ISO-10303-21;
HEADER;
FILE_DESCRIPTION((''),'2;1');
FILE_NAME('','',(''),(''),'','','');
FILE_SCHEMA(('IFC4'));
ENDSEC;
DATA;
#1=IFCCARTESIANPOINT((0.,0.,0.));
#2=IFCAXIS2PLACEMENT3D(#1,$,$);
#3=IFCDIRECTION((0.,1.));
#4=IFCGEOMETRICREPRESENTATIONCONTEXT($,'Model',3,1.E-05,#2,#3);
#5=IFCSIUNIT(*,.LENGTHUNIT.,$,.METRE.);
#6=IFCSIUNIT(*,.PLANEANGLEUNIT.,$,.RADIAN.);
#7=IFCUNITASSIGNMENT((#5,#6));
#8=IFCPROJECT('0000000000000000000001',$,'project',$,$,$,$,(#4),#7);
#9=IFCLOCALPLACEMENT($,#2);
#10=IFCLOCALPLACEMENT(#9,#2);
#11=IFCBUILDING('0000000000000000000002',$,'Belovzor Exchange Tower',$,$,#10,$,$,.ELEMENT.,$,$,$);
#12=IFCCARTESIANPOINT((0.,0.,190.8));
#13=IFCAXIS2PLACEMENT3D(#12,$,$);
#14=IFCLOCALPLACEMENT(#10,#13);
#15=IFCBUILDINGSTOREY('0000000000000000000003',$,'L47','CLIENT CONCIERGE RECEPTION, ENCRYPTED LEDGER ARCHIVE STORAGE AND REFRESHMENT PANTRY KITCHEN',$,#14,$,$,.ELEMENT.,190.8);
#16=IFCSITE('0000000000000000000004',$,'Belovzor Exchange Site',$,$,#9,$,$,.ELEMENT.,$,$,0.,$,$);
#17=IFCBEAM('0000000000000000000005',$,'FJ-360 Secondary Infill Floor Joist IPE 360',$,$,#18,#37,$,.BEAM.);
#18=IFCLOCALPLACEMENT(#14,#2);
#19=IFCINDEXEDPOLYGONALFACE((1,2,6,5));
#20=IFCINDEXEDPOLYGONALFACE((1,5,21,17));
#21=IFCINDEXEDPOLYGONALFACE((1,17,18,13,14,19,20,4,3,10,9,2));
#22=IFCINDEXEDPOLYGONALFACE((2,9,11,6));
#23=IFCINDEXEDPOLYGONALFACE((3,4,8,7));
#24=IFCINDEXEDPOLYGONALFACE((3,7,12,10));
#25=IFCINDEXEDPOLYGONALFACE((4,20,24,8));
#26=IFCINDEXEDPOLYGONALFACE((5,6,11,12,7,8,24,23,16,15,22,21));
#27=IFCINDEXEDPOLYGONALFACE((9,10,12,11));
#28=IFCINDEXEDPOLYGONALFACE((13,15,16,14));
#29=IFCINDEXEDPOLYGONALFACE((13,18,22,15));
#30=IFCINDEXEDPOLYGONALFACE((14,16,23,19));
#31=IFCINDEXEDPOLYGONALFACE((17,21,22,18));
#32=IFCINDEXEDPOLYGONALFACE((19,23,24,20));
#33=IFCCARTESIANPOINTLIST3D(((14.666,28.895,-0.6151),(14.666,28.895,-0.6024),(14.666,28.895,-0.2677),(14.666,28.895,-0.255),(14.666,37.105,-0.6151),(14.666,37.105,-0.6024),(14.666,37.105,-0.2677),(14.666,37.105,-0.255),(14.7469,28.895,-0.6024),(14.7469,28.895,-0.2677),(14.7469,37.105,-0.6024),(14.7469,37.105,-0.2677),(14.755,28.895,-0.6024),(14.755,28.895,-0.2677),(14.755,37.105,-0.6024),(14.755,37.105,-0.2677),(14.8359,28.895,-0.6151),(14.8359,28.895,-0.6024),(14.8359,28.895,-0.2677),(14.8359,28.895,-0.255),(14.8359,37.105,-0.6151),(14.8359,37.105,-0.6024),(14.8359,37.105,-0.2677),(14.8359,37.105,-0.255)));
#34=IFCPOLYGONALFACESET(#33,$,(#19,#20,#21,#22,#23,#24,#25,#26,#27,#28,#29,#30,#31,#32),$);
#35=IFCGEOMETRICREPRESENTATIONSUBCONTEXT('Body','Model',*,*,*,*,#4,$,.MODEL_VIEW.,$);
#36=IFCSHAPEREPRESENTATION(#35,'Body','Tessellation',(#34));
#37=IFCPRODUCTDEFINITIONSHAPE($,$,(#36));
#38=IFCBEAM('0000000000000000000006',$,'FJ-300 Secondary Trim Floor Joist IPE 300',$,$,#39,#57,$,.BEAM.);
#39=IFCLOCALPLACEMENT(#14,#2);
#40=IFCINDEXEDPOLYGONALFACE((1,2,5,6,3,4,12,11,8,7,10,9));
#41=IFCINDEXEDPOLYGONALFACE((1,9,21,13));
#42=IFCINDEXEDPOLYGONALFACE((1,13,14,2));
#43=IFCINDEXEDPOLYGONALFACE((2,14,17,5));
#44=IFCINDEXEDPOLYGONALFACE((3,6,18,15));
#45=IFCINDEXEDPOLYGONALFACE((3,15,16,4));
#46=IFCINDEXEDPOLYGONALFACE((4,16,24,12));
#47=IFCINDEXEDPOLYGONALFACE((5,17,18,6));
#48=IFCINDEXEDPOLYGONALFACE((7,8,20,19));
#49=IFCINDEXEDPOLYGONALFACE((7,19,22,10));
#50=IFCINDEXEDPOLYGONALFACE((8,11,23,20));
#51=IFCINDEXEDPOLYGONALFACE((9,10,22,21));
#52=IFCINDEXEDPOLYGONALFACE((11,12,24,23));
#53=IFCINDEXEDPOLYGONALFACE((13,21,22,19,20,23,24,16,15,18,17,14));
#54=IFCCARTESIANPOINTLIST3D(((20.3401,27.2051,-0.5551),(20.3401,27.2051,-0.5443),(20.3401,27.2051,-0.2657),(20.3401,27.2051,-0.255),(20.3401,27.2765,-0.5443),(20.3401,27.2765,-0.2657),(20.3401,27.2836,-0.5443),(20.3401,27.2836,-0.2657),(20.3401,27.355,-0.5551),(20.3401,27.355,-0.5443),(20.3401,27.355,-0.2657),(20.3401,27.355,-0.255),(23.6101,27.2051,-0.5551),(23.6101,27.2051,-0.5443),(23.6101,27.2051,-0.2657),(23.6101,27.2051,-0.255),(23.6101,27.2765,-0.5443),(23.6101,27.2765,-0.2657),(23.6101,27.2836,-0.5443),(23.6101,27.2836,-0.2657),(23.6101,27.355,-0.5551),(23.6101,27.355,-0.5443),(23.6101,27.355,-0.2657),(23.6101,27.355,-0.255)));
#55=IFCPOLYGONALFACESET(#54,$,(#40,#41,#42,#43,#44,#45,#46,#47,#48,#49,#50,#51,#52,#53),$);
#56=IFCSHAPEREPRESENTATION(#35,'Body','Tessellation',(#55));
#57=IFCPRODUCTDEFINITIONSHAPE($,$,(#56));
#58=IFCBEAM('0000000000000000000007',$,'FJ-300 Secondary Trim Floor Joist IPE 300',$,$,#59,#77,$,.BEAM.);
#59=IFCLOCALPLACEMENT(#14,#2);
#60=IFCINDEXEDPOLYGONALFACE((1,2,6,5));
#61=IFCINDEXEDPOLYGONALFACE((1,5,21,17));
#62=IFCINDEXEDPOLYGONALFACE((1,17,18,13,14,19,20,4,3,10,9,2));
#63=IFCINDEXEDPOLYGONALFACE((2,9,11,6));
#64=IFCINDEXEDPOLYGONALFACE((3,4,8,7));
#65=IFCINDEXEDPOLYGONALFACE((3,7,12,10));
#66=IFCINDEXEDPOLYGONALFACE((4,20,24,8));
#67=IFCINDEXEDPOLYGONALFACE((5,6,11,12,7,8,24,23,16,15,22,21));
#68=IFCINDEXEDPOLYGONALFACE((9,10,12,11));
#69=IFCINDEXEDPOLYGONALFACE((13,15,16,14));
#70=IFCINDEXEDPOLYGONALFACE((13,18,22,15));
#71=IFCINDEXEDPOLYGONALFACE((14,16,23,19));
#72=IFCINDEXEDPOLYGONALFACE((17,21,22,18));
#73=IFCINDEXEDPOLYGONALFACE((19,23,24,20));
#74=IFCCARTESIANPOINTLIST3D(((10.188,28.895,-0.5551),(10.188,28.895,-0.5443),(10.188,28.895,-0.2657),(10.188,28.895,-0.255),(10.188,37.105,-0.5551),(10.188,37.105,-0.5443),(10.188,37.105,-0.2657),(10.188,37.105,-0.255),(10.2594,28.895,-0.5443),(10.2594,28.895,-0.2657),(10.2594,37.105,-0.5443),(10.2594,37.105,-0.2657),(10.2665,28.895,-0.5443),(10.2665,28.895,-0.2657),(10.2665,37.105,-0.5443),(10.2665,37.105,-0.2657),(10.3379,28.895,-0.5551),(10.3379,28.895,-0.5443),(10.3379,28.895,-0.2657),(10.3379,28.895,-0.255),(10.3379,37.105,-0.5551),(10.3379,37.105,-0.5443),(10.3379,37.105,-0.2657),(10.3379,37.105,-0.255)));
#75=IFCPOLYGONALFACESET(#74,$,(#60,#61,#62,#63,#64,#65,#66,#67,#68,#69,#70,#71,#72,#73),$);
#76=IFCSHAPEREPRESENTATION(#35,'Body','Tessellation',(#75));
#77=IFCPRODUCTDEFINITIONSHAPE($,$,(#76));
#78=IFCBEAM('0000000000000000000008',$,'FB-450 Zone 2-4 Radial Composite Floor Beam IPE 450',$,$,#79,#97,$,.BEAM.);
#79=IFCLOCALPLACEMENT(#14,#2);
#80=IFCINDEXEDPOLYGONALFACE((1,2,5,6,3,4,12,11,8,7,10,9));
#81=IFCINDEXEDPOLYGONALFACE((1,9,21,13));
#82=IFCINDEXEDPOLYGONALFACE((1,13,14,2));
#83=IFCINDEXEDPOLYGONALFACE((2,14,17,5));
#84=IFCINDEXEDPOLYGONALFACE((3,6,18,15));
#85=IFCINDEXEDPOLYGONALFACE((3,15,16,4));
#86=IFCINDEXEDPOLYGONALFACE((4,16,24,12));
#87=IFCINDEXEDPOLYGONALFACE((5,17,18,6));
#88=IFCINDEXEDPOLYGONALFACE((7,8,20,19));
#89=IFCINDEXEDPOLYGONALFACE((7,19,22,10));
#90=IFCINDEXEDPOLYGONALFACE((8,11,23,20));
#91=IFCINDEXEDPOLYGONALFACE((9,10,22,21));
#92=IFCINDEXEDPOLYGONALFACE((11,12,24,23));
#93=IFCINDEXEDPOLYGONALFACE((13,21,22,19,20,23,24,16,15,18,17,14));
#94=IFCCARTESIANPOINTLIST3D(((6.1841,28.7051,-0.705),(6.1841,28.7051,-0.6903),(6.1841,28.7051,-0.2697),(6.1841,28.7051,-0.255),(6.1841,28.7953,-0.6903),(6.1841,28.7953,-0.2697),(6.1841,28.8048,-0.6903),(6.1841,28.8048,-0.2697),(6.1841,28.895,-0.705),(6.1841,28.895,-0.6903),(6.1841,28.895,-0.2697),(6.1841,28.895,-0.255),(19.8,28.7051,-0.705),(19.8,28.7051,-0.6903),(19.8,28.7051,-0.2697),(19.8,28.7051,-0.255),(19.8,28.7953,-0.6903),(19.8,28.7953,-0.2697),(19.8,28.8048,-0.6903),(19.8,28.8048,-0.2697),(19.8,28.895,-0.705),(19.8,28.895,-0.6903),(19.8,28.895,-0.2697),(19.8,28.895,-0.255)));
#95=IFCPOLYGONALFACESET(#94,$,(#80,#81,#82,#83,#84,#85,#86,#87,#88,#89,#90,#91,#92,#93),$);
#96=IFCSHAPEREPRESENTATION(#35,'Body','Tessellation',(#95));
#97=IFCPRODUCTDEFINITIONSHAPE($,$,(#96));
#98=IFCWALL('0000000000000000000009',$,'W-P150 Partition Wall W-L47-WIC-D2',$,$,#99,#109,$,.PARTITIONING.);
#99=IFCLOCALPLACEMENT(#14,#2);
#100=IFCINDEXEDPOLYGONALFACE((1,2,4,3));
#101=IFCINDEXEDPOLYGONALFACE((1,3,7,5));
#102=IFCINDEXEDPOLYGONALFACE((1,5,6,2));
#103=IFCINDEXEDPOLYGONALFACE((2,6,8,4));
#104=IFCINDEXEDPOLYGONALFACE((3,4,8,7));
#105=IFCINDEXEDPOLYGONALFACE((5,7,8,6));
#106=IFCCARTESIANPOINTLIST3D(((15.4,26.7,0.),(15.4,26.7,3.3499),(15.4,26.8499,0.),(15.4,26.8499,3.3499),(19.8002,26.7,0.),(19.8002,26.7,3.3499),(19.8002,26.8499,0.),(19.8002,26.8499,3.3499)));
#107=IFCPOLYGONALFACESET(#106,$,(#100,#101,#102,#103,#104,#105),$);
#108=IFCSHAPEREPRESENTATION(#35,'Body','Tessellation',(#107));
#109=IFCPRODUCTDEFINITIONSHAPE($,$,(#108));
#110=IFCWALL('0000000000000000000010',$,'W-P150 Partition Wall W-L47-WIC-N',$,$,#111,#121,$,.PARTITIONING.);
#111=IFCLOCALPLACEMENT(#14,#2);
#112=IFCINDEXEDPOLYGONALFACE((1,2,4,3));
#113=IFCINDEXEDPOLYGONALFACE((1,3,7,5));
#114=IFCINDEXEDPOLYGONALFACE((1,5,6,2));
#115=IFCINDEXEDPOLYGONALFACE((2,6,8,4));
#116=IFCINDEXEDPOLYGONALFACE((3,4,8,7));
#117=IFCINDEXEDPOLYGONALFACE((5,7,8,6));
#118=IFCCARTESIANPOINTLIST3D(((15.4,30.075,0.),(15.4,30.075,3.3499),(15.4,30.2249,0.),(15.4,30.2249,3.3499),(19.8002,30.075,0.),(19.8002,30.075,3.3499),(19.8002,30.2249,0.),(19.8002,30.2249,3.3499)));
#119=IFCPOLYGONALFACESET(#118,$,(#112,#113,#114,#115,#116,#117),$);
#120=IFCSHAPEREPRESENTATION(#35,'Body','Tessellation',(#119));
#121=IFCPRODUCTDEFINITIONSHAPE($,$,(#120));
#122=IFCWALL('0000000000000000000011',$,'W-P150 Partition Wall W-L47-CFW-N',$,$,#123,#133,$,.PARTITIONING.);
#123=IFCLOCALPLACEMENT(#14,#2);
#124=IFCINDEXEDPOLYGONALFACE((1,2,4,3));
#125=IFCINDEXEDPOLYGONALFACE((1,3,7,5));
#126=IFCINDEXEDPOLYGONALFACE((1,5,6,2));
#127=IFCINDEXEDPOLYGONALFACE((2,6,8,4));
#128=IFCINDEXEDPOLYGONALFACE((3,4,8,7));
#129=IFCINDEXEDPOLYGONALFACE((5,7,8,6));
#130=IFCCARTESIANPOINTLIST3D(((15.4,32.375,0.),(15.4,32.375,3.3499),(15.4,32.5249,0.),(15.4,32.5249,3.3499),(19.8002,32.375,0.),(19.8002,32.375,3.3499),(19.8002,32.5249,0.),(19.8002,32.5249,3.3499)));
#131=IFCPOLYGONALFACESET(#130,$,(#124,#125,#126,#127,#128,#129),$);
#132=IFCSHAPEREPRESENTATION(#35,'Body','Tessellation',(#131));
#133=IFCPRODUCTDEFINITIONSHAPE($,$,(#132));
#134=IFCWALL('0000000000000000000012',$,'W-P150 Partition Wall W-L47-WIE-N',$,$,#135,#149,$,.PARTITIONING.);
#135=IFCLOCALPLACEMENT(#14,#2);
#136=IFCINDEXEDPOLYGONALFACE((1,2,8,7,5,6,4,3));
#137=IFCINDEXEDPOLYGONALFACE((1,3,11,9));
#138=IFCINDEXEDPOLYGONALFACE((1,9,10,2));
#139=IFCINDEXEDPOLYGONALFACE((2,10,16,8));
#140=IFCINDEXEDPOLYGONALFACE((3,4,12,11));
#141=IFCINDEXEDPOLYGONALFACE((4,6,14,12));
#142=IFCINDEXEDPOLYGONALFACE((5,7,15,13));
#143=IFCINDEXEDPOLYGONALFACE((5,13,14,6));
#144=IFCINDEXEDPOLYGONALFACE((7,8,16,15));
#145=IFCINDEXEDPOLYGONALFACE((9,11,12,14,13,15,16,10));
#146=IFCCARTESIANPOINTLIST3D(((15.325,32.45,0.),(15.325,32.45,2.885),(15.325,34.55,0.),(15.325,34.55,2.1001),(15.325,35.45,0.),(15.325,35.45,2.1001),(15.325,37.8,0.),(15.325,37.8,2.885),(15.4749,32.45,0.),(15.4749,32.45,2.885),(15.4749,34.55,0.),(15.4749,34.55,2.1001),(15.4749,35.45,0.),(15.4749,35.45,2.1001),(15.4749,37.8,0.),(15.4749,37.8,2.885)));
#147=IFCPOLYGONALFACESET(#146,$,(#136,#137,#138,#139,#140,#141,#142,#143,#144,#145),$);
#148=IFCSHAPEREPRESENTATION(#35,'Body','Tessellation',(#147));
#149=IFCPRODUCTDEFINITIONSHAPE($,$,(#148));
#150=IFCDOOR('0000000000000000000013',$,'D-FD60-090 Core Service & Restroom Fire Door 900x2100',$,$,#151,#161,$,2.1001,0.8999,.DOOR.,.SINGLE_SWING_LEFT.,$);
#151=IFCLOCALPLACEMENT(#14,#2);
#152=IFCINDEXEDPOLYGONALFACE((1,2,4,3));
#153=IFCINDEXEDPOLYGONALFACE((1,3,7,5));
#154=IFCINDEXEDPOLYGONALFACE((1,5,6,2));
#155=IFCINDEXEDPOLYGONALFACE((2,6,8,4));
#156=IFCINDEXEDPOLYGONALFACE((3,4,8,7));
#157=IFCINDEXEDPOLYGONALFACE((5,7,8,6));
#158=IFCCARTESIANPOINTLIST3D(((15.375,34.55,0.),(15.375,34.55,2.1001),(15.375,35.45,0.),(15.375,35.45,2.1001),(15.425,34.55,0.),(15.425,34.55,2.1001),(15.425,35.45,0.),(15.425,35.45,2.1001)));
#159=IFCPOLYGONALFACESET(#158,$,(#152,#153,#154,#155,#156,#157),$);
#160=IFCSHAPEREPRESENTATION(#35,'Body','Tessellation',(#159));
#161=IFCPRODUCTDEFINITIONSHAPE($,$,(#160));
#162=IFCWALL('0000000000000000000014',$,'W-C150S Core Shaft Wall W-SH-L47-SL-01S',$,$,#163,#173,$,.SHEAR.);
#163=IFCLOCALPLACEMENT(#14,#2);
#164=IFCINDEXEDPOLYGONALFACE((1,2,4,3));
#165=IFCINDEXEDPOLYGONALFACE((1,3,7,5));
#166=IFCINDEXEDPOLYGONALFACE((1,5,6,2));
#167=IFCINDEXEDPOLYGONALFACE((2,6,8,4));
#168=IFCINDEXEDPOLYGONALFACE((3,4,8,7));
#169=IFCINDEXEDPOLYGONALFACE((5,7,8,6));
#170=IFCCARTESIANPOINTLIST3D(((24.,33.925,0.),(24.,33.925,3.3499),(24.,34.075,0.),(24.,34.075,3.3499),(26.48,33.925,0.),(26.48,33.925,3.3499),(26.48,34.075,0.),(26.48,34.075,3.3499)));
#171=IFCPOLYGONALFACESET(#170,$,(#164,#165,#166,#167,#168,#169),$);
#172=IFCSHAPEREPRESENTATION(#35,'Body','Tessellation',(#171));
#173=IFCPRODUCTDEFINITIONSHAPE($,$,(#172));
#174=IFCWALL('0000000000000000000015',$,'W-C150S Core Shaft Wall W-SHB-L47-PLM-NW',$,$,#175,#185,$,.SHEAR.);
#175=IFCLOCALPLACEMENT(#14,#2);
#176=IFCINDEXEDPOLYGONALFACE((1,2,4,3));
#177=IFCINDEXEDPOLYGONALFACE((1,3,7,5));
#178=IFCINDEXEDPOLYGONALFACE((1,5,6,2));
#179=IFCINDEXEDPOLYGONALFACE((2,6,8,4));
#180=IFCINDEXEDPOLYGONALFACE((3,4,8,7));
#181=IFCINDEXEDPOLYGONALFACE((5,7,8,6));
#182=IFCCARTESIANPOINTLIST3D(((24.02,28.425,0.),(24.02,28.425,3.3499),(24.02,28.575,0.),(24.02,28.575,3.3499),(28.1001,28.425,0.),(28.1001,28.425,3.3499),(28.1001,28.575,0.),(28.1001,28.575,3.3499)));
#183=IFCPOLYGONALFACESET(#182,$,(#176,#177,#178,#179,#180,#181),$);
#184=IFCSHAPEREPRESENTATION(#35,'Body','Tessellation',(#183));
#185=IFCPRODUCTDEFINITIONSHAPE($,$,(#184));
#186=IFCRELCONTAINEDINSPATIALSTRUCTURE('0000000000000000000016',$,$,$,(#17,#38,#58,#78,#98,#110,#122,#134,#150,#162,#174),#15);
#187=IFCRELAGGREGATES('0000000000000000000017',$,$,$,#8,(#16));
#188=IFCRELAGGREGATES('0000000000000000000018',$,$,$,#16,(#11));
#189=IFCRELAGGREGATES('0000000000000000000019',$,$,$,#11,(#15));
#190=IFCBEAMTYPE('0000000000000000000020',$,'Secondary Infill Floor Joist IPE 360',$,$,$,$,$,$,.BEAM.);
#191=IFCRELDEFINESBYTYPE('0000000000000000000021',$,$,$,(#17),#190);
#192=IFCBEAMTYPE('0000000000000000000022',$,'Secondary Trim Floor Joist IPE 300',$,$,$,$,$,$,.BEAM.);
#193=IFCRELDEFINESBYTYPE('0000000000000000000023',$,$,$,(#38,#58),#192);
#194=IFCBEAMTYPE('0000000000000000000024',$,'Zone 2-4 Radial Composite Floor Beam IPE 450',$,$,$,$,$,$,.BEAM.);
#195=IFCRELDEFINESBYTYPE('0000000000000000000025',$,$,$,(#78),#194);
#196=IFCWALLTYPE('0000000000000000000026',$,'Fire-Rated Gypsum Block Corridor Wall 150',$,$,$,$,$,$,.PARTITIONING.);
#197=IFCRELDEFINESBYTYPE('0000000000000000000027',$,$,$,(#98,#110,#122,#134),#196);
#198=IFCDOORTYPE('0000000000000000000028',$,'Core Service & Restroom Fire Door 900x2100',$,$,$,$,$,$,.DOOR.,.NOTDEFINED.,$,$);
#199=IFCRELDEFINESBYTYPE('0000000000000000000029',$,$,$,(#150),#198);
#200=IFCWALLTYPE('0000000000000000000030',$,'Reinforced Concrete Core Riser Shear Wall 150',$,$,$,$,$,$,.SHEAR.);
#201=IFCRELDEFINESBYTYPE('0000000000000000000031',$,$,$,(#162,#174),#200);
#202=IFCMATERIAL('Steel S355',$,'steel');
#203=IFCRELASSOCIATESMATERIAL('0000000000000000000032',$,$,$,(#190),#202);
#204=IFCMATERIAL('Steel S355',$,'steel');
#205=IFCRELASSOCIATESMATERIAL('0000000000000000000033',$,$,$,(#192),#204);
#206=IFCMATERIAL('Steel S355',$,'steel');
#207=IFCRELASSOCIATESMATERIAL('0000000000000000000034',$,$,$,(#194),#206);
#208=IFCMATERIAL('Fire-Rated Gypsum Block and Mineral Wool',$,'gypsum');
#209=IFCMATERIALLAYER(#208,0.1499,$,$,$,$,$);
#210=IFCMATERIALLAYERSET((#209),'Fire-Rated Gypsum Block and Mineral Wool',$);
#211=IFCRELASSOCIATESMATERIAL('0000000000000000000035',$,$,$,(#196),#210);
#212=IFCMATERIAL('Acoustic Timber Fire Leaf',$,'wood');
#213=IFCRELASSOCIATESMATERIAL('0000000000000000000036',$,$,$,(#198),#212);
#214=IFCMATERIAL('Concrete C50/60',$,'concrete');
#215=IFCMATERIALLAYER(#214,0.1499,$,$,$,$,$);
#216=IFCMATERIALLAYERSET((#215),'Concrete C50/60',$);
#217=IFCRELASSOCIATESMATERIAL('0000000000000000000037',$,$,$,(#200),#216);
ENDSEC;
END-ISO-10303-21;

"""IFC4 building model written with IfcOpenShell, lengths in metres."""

from ifc_helpers import new_model, si_unit, direction, frame, frame_2d, origin, origin_2d, place, context, subcontext, project, spatial, rectangle, i_section, extrude, material, layer, layer_set, material_profile, profile_set, type_object, element, fill, save


model = new_model("IFC4")

# Units and contexts
model_context = context("Model", 3, precision=1e-05, world=origin(), true_north=direction((0.0, 1.0)))
body_context = subcontext(model_context, "Body", "Model", "MODEL_VIEW")
ifc_project = project(units=[si_unit("LENGTHUNIT", "METRE"), si_unit("PLANEANGLEUNIT", "RADIAN")], contexts=[model_context])

# Site, building, storey
site_placement = place(None, origin())
site = spatial("IfcSite", under=ifc_project, at=site_placement, Name="Belovzor Exchange Site", CompositionType="ELEMENT", RefElevation=0.0)
building_placement = place(site_placement, origin())
building = spatial("IfcBuilding", under=site, at=building_placement, Name="Belovzor Exchange Tower", CompositionType="ELEMENT")
storey_placement = place(building_placement, frame((0.0, 0.0, 190.8)))
storey = spatial("IfcBuildingStorey", under=building, at=storey_placement, Name="L47", Description="CLIENT CONCIERGE RECEPTION, ENCRYPTED LEDGER ARCHIVE STORAGE AND REFRESHMENT PANTRY KITCHEN", CompositionType="ELEMENT", Elevation=190.8)

# Beams
ifc_material_1 = material(Name="Steel S355", Category="steel")
ifc_material_profile_1 = material_profile(ifc_material_1, i_section(OverallWidth=0.1699, OverallDepth=0.3601, WebThickness=0.0081, FlangeThickness=0.0127, at=origin_2d()))
ifc_profile_set_1 = profile_set([ifc_material_profile_1], Name="Steel S355")
beam_type_1 = type_object("IfcBeamType", Name="Secondary Infill Floor Joist IPE 360", PredefinedType="BEAM", material=ifc_profile_set_1)
beam_1_placement = place(storey_placement, frame((14.751, 28.895, -0.4351), z_axis=(0.0, 1.0, 0.0), x_axis=(-1.0, 0.0, 0.0)))
element("IfcBeam", 1, at=beam_1_placement, inside=storey, type_object=beam_type_1, Name="FJ-360 Secondary Infill Floor Joist IPE 360", PredefinedType="BEAM", context=body_context, shape_type="SweptSolid", body=[
    extrude(i_section(OverallWidth=0.1699, OverallDepth=0.3601, WebThickness=0.0081, FlangeThickness=0.0127, at=origin_2d()), origin(), (0.0, 0.0, 1.0), 8.21),
])
ifc_material_2 = material(Name="Steel S355", Category="steel")
ifc_material_profile_2 = material_profile(ifc_material_2, i_section(OverallWidth=0.1499, OverallDepth=0.3, WebThickness=0.0071, FlangeThickness=0.0107, at=origin_2d()))
ifc_profile_set_2 = profile_set([ifc_material_profile_2], Name="Steel S355")
beam_type_2 = type_object("IfcBeamType", Name="Secondary Trim Floor Joist IPE 300", PredefinedType="BEAM", material=ifc_profile_set_2)
beam_2_placement = place(storey_placement, frame((20.3401, 27.28, -0.405), z_axis=(1.0, 0.0, 0.0), x_axis=(0.0, 1.0, 0.0)))
element("IfcBeam", 2, at=beam_2_placement, inside=storey, type_object=beam_type_2, Name="FJ-300 Secondary Trim Floor Joist IPE 300", PredefinedType="BEAM", context=body_context, shape_type="SweptSolid", body=[
    extrude(i_section(OverallWidth=0.1499, OverallDepth=0.3, WebThickness=0.0071, FlangeThickness=0.0107, at=origin_2d()), origin(), (0.0, 0.0, 1.0), 3.27),
])
beam_3_placement = place(storey_placement, frame((10.2629, 28.895, -0.405), z_axis=(0.0, 1.0, 0.0), x_axis=(-1.0, 0.0, 0.0)))
element("IfcBeam", 3, at=beam_3_placement, inside=storey, type_object=beam_type_2, Name="FJ-300 Secondary Trim Floor Joist IPE 300", PredefinedType="BEAM", context=body_context, shape_type="SweptSolid", body=[
    extrude(i_section(OverallWidth=0.1499, OverallDepth=0.3, WebThickness=0.0071, FlangeThickness=0.0107, at=origin_2d()), origin(), (0.0, 0.0, 1.0), 8.21),
])
ifc_material_3 = material(Name="Steel S355", Category="steel")
ifc_material_profile_3 = material_profile(ifc_material_3, i_section(OverallWidth=0.1899, OverallDepth=0.45, WebThickness=0.0095, FlangeThickness=0.0146, at=origin_2d()))
ifc_profile_set_3 = profile_set([ifc_material_profile_3], Name="Steel S355")
beam_type_3 = type_object("IfcBeamType", Name="Zone 2-4 Radial Composite Floor Beam IPE 450", PredefinedType="BEAM", material=ifc_profile_set_3)
beam_4_placement = place(storey_placement, frame((19.8, 28.8, -0.48), z_axis=(-1.0, 0.0, 0.0), x_axis=(0.0, -1.0, 0.0)))
element("IfcBeam", 4, at=beam_4_placement, inside=storey, type_object=beam_type_3, Name="FB-450 Zone 2-4 Radial Composite Floor Beam IPE 450", PredefinedType="BEAM", context=body_context, shape_type="SweptSolid", body=[
    extrude(i_section(OverallWidth=0.1899, OverallDepth=0.45, WebThickness=0.0095, FlangeThickness=0.0146, at=origin_2d()), origin(), (0.0, 0.0, 1.0), 13.616),
])

# Walls
ifc_material_4 = material(Name="Fire-Rated Gypsum Block and Mineral Wool", Category="gypsum")
ifc_layer_1 = layer(ifc_material_4, 0.1499)
ifc_layer_set_1 = layer_set([ifc_layer_1], Name="Fire-Rated Gypsum Block and Mineral Wool")
wall_type_1 = type_object("IfcWallType", Name="Fire-Rated Gypsum Block Corridor Wall 150", PredefinedType="PARTITIONING", material=ifc_layer_set_1)
for number, where, z_axis, x_axis, name in (
    (5, (15.3999, 26.7749, 0.0), (0.0, 0.0, 1.0), (1.0, 0.0, 0.0), "W-P150 Partition Wall W-L47-WIC-D2"),
    (6, (15.3999, 30.1499, 0.0), (0.0, 0.0, 1.0), (1.0, 0.0, 0.0), "W-P150 Partition Wall W-L47-WIC-N"),
    (7, (15.3999, 32.45, 0.0), (0.0, 0.0, 1.0), (1.0, 0.0, 0.0), "W-P150 Partition Wall W-L47-CFW-N"),
):
    element("IfcWall", number, at=place(storey_placement, frame(where, z_axis=z_axis, x_axis=x_axis)), inside=storey, type_object=wall_type_1, Name=name, PredefinedType="PARTITIONING", context=body_context, shape_type="SweptSolid", body=[
        extrude(rectangle(XDim=4.4001, YDim=0.1499, at=frame_2d((2.2002, 0.0))), origin(), (0.0, 0.0, 1.0), 3.3499),
    ])

# Wall, opening, door
wall_1_placement = place(storey_placement, frame((15.3999, 32.45, 0.0), z_axis=(0.0, 0.0, 1.0), x_axis=(0.0, 1.0, 0.0)))
wall_1 = element("IfcWall", 8, at=wall_1_placement, inside=storey, type_object=wall_type_1, Name="W-P150 Partition Wall W-L47-WIE-N", PredefinedType="PARTITIONING", context=body_context, shape_type="SweptSolid", body=[
    extrude(rectangle(XDim=5.3501, YDim=0.1499, at=frame_2d((2.675, 0.0))), origin(), (0.0, 0.0, 1.0), 2.885),
])
opening_1_placement = place(wall_1_placement, frame((2.1001, 0.0, 0.0)))
opening_1 = element("IfcOpeningElement", 9, at=opening_1_placement, cuts=wall_1, PredefinedType="OPENING", context=body_context, shape_type="SweptSolid", body=[
    extrude(rectangle(XDim=0.8999, YDim=2.1001, at=frame_2d((0.45, 1.05))), frame((0.0, 0.085, 0.0), z_axis=(0.0, -1.0, 0.0), x_axis=(1.0, 0.0, 0.0)), (0.0, 0.0, 1.0), 0.1699),
])
ifc_material_5 = material(Name="Acoustic Timber Fire Leaf", Category="wood")
door_type_1 = type_object("IfcDoorType", Name="Core Service & Restroom Fire Door 900x2100", OperationType="NOTDEFINED", PredefinedType="DOOR", material=ifc_material_5)
door_1_placement = place(opening_1_placement, origin())
door_1 = element("IfcDoor", 10, at=door_1_placement, inside=storey, type_object=door_type_1, Name="D-FD60-090 Core Service & Restroom Fire Door 900x2100", OperationType="SINGLE_SWING_LEFT", OverallHeight=2.1001, OverallWidth=0.8999, PredefinedType="DOOR", context=body_context, shape_type="SweptSolid", body=[
    extrude(rectangle(XDim=0.8999, YDim=2.1001, at=frame_2d((0.45, 1.05))), frame((0.0, 0.0249, 0.0), z_axis=(0.0, -1.0, 0.0), x_axis=(1.0, 0.0, 0.0)), (0.0, 0.0, 1.0), 0.05),
])
fill(opening_1, door_1)

# Walls
ifc_material_6 = material(Name="Concrete C50/60", Category="concrete")
ifc_layer_2 = layer(ifc_material_6, 0.1499)
ifc_layer_set_2 = layer_set([ifc_layer_2], Name="Concrete C50/60")
wall_type_2 = type_object("IfcWallType", Name="Reinforced Concrete Core Riser Shear Wall 150", PredefinedType="SHEAR", material=ifc_layer_set_2)
wall_2_placement = place(storey_placement, frame((24.0, 34.0, 0.0), z_axis=(0.0, 0.0, 1.0), x_axis=(1.0, 0.0, 0.0)))
element("IfcWall", 11, at=wall_2_placement, inside=storey, type_object=wall_type_2, Name="W-C150S Core Shaft Wall W-SH-L47-SL-01S", PredefinedType="SHEAR", context=body_context, shape_type="SweptSolid", body=[
    extrude(rectangle(XDim=2.48, YDim=0.1499, at=frame_2d((1.24, 0.0))), origin(), (0.0, 0.0, 1.0), 3.3499),
])
for number, where, z_axis, x_axis, name in (
    (12, (24.02, 28.5, 0.0), (0.0, 0.0, 1.0), (1.0, 0.0, 0.0), "W-C150S Core Shaft Wall W-SHB-L47-PLM-NW"),
):
    element("IfcWall", number, at=place(storey_placement, frame(where, z_axis=z_axis, x_axis=x_axis)), inside=storey, type_object=wall_type_2, Name=name, PredefinedType="SHEAR", context=body_context, shape_type="SweptSolid", body=[
        extrude(rectangle(XDim=4.0801, YDim=0.1499, at=frame_2d((2.04, 0.0))), origin(), (0.0, 0.0, 1.0), 3.3499),
    ])

save(model, "model.ifc")
